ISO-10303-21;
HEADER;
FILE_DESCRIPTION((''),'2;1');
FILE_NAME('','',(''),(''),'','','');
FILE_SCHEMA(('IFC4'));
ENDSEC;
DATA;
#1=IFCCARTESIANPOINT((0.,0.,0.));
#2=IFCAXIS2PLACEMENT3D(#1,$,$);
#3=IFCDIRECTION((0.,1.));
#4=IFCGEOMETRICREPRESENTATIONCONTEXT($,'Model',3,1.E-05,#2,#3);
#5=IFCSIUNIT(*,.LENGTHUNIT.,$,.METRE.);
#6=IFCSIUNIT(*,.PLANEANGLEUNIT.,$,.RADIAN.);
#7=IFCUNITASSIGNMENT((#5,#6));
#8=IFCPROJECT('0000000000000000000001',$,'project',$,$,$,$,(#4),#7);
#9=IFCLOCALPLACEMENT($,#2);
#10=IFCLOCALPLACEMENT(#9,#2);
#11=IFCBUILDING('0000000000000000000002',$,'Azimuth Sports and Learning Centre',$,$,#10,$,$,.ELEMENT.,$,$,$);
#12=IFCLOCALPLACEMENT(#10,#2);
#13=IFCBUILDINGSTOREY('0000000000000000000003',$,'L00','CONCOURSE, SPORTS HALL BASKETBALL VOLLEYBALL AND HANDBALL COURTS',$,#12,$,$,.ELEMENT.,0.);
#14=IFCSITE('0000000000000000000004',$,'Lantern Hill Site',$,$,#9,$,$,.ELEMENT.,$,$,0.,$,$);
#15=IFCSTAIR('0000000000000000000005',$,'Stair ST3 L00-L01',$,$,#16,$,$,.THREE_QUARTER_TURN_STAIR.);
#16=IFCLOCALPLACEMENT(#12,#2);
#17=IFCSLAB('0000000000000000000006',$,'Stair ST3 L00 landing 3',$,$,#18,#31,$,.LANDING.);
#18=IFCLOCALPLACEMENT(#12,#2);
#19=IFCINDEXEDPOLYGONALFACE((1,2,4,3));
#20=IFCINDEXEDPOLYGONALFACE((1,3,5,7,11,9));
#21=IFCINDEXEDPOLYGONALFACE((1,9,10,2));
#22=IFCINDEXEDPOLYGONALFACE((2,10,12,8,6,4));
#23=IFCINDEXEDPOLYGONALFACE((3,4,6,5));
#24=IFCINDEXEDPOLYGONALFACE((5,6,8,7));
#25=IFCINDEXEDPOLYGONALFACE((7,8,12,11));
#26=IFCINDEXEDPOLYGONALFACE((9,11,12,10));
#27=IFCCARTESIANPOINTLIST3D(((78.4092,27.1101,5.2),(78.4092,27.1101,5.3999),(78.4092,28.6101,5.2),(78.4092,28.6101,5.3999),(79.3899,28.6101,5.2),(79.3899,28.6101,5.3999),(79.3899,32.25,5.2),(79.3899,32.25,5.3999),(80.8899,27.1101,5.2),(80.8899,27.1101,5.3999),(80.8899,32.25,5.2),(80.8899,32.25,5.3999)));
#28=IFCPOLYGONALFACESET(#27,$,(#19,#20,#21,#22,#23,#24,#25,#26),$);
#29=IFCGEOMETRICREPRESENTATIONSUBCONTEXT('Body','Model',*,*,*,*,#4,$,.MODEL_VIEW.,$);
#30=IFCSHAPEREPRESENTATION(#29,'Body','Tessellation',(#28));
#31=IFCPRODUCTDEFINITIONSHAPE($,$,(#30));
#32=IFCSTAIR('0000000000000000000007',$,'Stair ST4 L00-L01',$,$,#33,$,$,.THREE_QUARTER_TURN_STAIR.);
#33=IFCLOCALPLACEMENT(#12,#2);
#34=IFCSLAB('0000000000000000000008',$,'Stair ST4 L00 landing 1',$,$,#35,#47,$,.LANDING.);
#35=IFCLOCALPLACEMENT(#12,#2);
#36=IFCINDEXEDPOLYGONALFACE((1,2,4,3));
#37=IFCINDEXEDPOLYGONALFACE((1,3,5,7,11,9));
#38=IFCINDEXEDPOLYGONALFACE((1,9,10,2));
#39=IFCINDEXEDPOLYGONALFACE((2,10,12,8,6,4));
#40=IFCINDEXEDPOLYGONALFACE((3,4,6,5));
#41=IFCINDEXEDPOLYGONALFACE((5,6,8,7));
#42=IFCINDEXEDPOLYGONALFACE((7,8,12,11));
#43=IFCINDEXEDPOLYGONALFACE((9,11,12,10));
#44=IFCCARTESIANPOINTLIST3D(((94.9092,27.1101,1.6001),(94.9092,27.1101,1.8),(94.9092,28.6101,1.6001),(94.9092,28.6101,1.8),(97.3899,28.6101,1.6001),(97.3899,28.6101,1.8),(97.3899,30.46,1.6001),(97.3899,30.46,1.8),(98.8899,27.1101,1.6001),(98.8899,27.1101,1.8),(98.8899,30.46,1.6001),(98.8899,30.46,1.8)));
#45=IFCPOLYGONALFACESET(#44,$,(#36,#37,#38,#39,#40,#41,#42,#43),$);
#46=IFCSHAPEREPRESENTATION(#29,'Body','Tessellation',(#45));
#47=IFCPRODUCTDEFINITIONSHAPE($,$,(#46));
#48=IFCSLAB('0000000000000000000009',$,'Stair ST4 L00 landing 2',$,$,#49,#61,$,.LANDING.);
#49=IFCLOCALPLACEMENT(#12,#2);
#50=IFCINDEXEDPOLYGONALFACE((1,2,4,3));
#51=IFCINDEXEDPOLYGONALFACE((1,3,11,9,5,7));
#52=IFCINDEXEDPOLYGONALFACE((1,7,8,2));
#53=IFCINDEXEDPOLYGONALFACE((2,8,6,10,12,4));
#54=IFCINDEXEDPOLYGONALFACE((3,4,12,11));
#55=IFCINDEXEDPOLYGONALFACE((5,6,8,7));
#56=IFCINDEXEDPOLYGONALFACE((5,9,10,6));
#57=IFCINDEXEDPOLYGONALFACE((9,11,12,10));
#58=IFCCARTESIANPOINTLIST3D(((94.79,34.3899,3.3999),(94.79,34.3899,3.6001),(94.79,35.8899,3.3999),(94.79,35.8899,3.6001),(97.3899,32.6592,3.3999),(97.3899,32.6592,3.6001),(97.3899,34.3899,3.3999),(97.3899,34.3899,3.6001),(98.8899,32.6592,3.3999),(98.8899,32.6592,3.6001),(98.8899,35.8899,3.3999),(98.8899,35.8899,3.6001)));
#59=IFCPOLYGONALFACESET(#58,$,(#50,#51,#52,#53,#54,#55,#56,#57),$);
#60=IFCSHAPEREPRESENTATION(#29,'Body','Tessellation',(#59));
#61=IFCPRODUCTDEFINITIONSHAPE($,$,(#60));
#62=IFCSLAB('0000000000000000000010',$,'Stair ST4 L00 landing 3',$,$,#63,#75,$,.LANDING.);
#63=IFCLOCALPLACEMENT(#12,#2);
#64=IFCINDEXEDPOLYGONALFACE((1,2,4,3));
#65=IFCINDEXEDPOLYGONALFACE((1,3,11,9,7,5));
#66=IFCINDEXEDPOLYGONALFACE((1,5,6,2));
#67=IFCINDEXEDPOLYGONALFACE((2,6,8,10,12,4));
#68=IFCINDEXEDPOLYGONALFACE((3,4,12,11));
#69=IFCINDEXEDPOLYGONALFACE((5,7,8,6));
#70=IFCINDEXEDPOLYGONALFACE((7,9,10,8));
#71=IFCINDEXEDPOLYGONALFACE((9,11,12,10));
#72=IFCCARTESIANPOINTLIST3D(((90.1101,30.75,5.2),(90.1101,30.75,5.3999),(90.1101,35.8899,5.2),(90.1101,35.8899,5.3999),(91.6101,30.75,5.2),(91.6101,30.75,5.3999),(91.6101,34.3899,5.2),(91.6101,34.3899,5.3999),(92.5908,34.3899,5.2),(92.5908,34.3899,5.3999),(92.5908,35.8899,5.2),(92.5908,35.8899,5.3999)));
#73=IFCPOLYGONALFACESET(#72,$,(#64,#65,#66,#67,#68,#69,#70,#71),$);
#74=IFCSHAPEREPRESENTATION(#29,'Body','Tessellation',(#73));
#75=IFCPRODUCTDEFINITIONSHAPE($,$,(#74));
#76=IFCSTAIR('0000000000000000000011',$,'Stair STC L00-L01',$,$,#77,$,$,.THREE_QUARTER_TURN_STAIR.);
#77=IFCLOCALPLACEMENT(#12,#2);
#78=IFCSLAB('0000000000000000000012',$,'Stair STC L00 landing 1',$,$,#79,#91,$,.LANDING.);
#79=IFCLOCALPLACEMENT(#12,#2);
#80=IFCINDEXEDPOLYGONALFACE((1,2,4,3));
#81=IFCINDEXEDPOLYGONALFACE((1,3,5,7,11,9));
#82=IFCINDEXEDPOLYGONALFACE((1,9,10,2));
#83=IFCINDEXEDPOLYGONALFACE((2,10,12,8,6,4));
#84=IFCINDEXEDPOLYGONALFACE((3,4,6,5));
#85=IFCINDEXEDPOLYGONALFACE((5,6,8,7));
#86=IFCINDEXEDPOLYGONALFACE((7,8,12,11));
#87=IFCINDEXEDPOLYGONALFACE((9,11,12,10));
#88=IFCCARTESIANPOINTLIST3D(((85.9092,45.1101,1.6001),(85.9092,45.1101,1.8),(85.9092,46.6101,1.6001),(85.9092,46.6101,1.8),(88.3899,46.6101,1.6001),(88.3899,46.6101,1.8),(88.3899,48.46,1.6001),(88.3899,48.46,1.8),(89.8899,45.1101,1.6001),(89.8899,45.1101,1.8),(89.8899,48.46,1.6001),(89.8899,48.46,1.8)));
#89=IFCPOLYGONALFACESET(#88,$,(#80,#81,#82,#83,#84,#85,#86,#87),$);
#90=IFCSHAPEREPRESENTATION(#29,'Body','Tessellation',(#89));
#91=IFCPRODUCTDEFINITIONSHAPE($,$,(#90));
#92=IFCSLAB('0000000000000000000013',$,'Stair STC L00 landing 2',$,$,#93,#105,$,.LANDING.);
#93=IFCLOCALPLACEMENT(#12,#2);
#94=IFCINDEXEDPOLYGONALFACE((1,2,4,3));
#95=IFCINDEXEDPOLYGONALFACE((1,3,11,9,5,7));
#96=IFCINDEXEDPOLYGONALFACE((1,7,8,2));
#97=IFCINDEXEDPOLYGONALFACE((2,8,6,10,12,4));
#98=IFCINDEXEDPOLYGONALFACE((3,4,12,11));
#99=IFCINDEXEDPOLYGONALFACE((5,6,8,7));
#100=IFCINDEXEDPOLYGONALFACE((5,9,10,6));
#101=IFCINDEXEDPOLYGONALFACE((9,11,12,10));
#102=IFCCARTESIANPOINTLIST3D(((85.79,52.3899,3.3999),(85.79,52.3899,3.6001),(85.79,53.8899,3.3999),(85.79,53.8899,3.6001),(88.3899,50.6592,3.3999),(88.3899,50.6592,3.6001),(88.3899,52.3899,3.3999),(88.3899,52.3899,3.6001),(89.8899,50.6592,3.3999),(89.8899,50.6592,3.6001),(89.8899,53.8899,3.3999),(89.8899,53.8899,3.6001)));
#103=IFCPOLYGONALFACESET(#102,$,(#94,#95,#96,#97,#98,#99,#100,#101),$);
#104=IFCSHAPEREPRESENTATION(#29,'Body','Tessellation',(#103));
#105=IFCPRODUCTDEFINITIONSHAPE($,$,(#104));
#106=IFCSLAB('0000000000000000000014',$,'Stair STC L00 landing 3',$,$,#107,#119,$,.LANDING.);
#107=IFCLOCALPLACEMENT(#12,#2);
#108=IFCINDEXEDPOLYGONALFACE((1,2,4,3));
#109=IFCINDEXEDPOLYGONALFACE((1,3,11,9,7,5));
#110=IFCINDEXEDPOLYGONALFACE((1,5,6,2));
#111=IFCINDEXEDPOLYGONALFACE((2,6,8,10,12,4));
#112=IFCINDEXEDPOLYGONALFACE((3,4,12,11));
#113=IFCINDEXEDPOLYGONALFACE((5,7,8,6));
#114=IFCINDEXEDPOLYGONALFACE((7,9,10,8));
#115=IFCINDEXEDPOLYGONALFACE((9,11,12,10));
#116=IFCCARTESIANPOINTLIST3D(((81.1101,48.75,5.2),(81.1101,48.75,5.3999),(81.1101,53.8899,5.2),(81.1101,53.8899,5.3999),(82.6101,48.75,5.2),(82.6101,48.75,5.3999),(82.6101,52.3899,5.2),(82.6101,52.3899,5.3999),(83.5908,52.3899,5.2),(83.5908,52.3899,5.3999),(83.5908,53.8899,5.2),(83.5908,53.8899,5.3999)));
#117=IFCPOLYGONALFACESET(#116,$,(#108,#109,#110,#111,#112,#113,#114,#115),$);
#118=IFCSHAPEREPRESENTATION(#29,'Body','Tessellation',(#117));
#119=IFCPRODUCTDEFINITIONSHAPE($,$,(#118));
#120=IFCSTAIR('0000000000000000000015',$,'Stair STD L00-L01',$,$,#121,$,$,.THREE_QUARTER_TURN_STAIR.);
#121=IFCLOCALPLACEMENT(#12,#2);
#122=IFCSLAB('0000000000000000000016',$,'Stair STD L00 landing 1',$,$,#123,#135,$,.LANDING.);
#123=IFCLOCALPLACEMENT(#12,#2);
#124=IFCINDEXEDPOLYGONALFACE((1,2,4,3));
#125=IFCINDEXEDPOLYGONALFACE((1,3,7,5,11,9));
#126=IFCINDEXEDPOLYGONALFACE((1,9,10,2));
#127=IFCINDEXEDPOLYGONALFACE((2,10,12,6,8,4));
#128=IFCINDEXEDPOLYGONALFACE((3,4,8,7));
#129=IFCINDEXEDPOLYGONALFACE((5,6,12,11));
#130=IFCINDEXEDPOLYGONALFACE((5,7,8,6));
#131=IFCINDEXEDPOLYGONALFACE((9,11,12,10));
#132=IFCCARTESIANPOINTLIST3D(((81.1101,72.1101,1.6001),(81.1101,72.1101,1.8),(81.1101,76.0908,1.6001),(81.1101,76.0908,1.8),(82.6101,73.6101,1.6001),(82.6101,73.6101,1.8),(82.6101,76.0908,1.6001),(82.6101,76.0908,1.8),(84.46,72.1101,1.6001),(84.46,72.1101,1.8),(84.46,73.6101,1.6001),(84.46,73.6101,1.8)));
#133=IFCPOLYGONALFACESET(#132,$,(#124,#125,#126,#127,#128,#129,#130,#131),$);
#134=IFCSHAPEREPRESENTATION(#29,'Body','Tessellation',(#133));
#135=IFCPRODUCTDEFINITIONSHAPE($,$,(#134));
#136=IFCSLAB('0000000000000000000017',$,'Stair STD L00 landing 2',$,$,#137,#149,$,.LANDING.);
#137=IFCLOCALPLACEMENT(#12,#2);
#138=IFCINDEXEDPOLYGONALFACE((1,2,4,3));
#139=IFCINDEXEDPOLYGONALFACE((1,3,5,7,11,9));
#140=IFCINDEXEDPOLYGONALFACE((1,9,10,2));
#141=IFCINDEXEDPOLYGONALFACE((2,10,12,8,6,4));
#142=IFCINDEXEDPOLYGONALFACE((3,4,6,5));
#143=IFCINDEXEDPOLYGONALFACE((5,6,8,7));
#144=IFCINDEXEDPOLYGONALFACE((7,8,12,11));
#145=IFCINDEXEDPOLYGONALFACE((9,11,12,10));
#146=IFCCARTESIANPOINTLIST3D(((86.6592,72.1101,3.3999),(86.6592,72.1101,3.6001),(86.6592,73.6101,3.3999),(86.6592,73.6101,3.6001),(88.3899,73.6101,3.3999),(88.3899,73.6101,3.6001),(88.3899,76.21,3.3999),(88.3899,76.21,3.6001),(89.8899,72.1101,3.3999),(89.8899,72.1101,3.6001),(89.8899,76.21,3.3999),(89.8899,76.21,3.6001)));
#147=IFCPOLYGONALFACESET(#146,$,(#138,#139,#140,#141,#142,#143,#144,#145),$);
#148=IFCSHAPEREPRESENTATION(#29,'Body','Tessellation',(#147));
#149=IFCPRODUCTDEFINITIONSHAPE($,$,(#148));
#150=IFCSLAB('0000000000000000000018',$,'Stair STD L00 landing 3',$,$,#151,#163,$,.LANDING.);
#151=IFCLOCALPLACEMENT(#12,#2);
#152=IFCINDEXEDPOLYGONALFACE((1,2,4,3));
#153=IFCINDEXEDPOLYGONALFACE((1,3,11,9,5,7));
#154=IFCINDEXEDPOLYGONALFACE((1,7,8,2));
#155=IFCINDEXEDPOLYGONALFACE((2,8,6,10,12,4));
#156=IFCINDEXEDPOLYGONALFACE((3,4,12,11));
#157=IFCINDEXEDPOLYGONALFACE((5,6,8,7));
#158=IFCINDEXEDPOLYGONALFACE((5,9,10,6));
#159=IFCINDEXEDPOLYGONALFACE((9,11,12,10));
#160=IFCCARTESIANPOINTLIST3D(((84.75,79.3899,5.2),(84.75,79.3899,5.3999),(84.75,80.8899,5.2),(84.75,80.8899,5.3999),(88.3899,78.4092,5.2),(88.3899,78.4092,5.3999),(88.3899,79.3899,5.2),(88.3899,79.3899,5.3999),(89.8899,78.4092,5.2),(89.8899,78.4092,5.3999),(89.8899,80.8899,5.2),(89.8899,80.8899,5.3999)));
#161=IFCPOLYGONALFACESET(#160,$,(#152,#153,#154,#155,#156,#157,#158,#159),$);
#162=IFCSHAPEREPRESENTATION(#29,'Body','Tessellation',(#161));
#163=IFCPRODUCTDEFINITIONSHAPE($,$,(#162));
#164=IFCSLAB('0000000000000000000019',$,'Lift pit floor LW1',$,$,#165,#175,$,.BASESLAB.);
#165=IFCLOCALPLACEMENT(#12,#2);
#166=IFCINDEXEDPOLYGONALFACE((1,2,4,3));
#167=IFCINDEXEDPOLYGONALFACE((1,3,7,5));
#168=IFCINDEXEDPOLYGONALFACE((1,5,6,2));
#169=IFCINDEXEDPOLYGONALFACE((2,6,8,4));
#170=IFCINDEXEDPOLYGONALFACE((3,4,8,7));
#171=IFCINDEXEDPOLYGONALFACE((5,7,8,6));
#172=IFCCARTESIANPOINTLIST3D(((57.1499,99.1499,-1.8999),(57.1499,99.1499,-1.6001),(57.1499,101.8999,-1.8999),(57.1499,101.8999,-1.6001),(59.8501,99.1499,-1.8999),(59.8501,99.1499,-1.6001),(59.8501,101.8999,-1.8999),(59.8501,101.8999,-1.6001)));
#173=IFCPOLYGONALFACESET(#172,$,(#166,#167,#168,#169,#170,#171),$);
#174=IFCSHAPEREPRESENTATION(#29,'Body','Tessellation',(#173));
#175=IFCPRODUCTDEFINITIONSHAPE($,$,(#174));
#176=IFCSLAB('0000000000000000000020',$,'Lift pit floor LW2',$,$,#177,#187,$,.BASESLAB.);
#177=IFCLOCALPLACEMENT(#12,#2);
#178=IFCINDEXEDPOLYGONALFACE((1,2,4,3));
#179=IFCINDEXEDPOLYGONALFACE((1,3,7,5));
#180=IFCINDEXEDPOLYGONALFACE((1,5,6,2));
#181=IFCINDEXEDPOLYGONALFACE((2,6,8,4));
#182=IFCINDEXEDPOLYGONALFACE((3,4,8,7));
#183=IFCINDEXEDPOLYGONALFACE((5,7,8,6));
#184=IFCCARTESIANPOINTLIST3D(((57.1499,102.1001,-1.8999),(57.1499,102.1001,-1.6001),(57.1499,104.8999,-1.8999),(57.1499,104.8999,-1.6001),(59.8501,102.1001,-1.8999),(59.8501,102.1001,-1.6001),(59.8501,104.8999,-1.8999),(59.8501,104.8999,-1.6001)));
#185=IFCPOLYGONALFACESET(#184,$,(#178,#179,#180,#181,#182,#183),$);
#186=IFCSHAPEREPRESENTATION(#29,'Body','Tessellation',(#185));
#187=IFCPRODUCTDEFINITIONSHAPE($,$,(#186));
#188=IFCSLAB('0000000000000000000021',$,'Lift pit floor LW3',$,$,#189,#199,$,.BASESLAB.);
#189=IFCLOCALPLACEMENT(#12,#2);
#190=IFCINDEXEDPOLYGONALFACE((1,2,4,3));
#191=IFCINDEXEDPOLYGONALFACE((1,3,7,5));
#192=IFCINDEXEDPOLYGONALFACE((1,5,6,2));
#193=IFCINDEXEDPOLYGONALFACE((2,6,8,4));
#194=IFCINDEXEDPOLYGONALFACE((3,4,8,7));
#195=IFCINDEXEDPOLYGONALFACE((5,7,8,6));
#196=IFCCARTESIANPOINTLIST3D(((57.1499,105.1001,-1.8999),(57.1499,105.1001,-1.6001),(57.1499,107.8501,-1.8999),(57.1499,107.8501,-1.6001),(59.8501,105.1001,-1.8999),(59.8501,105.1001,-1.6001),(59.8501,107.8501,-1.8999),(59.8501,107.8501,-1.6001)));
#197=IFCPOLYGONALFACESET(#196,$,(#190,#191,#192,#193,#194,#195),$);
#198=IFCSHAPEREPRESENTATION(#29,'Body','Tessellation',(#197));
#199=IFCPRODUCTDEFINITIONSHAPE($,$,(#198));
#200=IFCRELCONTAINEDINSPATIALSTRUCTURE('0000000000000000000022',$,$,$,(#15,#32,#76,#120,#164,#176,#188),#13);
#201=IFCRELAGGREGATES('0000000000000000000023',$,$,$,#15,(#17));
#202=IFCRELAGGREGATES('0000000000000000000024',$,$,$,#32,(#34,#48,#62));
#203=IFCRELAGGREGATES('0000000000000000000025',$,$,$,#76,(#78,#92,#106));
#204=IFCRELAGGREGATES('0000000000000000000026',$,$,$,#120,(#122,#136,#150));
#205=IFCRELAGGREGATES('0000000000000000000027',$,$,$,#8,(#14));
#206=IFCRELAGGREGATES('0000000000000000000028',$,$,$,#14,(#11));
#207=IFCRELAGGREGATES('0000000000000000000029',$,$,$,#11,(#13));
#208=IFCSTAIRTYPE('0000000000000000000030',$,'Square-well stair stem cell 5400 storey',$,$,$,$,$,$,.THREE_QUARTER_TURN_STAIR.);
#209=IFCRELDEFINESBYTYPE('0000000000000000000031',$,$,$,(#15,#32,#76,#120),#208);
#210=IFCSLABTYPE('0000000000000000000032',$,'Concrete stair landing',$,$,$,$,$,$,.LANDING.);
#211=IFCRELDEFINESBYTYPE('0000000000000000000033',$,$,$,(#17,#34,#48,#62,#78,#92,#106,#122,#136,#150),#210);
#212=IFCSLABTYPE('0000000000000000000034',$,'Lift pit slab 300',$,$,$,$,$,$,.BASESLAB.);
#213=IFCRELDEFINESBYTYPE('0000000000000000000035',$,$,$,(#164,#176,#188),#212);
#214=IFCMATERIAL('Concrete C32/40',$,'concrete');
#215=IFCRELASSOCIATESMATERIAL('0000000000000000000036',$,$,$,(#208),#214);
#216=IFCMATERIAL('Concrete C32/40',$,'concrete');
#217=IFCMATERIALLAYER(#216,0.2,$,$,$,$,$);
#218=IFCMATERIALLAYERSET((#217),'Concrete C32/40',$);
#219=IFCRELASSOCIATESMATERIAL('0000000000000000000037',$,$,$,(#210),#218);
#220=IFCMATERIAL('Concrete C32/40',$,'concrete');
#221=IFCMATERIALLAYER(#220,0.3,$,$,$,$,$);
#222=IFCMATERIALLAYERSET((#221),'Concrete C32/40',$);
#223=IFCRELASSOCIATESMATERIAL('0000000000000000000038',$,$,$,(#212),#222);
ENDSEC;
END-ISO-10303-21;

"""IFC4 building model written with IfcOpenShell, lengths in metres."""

from ifc_helpers import new_model, si_unit, direction, frame, origin, place, context, subcontext, project, spatial, polyline, outline, extrude, material, layer, layer_set, type_object, element, aggregate, save


model = new_model("IFC4")

# Units and contexts
model_context = context("Model", 3, precision=1e-05, world=origin(), true_north=direction((0.0, 1.0)))
body_context = subcontext(model_context, "Body", "Model", "MODEL_VIEW")
ifc_project = project(units=[si_unit("LENGTHUNIT", "METRE"), si_unit("PLANEANGLEUNIT", "RADIAN")], contexts=[model_context])

# Site, building, storey
site_placement = place(None, origin())
site = spatial("IfcSite", under=ifc_project, at=site_placement, Name="Lantern Hill Site", CompositionType="ELEMENT", RefElevation=0.0)
building_placement = place(site_placement, origin())
building = spatial("IfcBuilding", under=site, at=building_placement, Name="Azimuth Sports and Learning Centre", CompositionType="ELEMENT")
storey_placement = place(building_placement, origin())
storey = spatial("IfcBuildingStorey", under=building, at=storey_placement, Name="L00", Description="CONCOURSE, SPORTS HALL BASKETBALL VOLLEYBALL AND HANDBALL COURTS", CompositionType="ELEMENT", Elevation=0.0)

# Stair, slab
ifc_material_1 = material(Name="Concrete C32/40", Category="concrete")
stair_type = type_object("IfcStairType", Name="Square-well stair stem cell 5400 storey", PredefinedType="THREE_QUARTER_TURN_STAIR", material=ifc_material_1)
stair_1_placement = place(storey_placement, origin())
stair_1 = element("IfcStair", 1, at=stair_1_placement, inside=storey, type_object=stair_type, Name="Stair ST3 L00-L01", PredefinedType="THREE_QUARTER_TURN_STAIR")
ifc_material_2 = material(Name="Concrete C32/40", Category="concrete")
ifc_layer_1 = layer(ifc_material_2, 0.2)
ifc_layer_set_1 = layer_set([ifc_layer_1], Name="Concrete C32/40")
slab_type_1 = type_object("IfcSlabType", Name="Concrete stair landing", PredefinedType="LANDING", material=ifc_layer_set_1)
slab_1_placement = place(storey_placement, frame((0.0, 0.0, 5.2)))
slab_1 = element("IfcSlab", 2, at=slab_1_placement, type_object=slab_type_1, Name="Stair ST3 L00 landing 3", PredefinedType="LANDING", context=body_context, shape_type="SweptSolid", body=[
    extrude(outline(polyline([(79.3899, 28.6101), (78.4092, 28.6101), (78.4092, 27.1101), (80.8899, 27.1101), (80.8899, 32.25), (79.3899, 32.25), (79.3899, 28.6101)])), origin(), (0.0, 0.0, 1.0), 0.2),
])
aggregate(stair_1, [slab_1])

# Stairs, slabs
stair_2_placement = place(storey_placement, origin())
stair_2 = element("IfcStair", 3, at=stair_2_placement, inside=storey, type_object=stair_type, Name="Stair ST4 L00-L01", PredefinedType="THREE_QUARTER_TURN_STAIR")
slab_2_placement = place(storey_placement, frame((0.0, 0.0, 1.6001)))
slab_2 = element("IfcSlab", 4, at=slab_2_placement, type_object=slab_type_1, Name="Stair ST4 L00 landing 1", PredefinedType="LANDING", context=body_context, shape_type="SweptSolid", body=[
    extrude(outline(polyline([(97.3899, 28.6101), (94.9092, 28.6101), (94.9092, 27.1101), (98.8899, 27.1101), (98.8899, 30.46), (97.3899, 30.46), (97.3899, 28.6101)])), origin(), (0.0, 0.0, 1.0), 0.2),
])
slab_3_placement = place(storey_placement, frame((0.0, 0.0, 3.3999)))
slab_3 = element("IfcSlab", 5, at=slab_3_placement, type_object=slab_type_1, Name="Stair ST4 L00 landing 2", PredefinedType="LANDING", context=body_context, shape_type="SweptSolid", body=[
    extrude(outline(polyline([(97.3899, 34.3899), (97.3899, 32.6592), (98.8899, 32.6592), (98.8899, 35.8899), (94.79, 35.8899), (94.79, 34.3899), (97.3899, 34.3899)])), origin(), (0.0, 0.0, 1.0), 0.2002),
])
slab_4_placement = place(storey_placement, frame((0.0, 0.0, 5.2)))
slab_4 = element("IfcSlab", 6, at=slab_4_placement, type_object=slab_type_1, Name="Stair ST4 L00 landing 3", PredefinedType="LANDING", context=body_context, shape_type="SweptSolid", body=[
    extrude(outline(polyline([(91.6101, 34.3899), (92.5908, 34.3899), (92.5908, 35.8899), (90.1101, 35.8899), (90.1101, 30.75), (91.6101, 30.75), (91.6101, 34.3899)])), origin(), (0.0, 0.0, 1.0), 0.2),
])
aggregate(stair_2, [slab_2, slab_3, slab_4])
stair_3_placement = place(storey_placement, origin())
stair_3 = element("IfcStair", 7, at=stair_3_placement, inside=storey, type_object=stair_type, Name="Stair STC L00-L01", PredefinedType="THREE_QUARTER_TURN_STAIR")
slab_5_placement = place(storey_placement, frame((0.0, 0.0, 1.6001)))
slab_5 = element("IfcSlab", 8, at=slab_5_placement, type_object=slab_type_1, Name="Stair STC L00 landing 1", PredefinedType="LANDING", context=body_context, shape_type="SweptSolid", body=[
    extrude(outline(polyline([(88.3899, 46.6101), (85.9092, 46.6101), (85.9092, 45.1101), (89.8899, 45.1101), (89.8899, 48.46), (88.3899, 48.46), (88.3899, 46.6101)])), origin(), (0.0, 0.0, 1.0), 0.2),
])
slab_6_placement = place(storey_placement, frame((0.0, 0.0, 3.3999)))
slab_6 = element("IfcSlab", 9, at=slab_6_placement, type_object=slab_type_1, Name="Stair STC L00 landing 2", PredefinedType="LANDING", context=body_context, shape_type="SweptSolid", body=[
    extrude(outline(polyline([(88.3899, 52.3899), (88.3899, 50.6592), (89.8899, 50.6592), (89.8899, 53.8899), (85.79, 53.8899), (85.79, 52.3899), (88.3899, 52.3899)])), origin(), (0.0, 0.0, 1.0), 0.2002),
])
slab_7_placement = place(storey_placement, frame((0.0, 0.0, 5.2)))
slab_7 = element("IfcSlab", 10, at=slab_7_placement, type_object=slab_type_1, Name="Stair STC L00 landing 3", PredefinedType="LANDING", context=body_context, shape_type="SweptSolid", body=[
    extrude(outline(polyline([(82.6101, 52.3899), (83.5908, 52.3899), (83.5908, 53.8899), (81.1101, 53.8899), (81.1101, 48.75), (82.6101, 48.75), (82.6101, 52.3899)])), origin(), (0.0, 0.0, 1.0), 0.2),
])
aggregate(stair_3, [slab_5, slab_6, slab_7])
stair_4_placement = place(storey_placement, origin())
stair_4 = element("IfcStair", 11, at=stair_4_placement, inside=storey, type_object=stair_type, Name="Stair STD L00-L01", PredefinedType="THREE_QUARTER_TURN_STAIR")
slab_8_placement = place(storey_placement, frame((0.0, 0.0, 1.6001)))
slab_8 = element("IfcSlab", 12, at=slab_8_placement, type_object=slab_type_1, Name="Stair STD L00 landing 1", PredefinedType="LANDING", context=body_context, shape_type="SweptSolid", body=[
    extrude(outline(polyline([(82.6101, 73.6101), (82.6101, 76.0908), (81.1101, 76.0908), (81.1101, 72.1101), (84.46, 72.1101), (84.46, 73.6101), (82.6101, 73.6101)])), origin(), (0.0, 0.0, 1.0), 0.2),
])
slab_9_placement = place(storey_placement, frame((0.0, 0.0, 3.3999)))
slab_9 = element("IfcSlab", 13, at=slab_9_placement, type_object=slab_type_1, Name="Stair STD L00 landing 2", PredefinedType="LANDING", context=body_context, shape_type="SweptSolid", body=[
    extrude(outline(polyline([(88.3899, 73.6101), (86.6592, 73.6101), (86.6592, 72.1101), (89.8899, 72.1101), (89.8899, 76.21), (88.3899, 76.21), (88.3899, 73.6101)])), origin(), (0.0, 0.0, 1.0), 0.2002),
])
slab_10_placement = place(storey_placement, frame((0.0, 0.0, 5.2)))
slab_10 = element("IfcSlab", 14, at=slab_10_placement, type_object=slab_type_1, Name="Stair STD L00 landing 3", PredefinedType="LANDING", context=body_context, shape_type="SweptSolid", body=[
    extrude(outline(polyline([(88.3899, 79.3899), (88.3899, 78.4092), (89.8899, 78.4092), (89.8899, 80.8899), (84.75, 80.8899), (84.75, 79.3899), (88.3899, 79.3899)])), origin(), (0.0, 0.0, 1.0), 0.2),
])
aggregate(stair_4, [slab_8, slab_9, slab_10])

# Slabs
ifc_material_3 = material(Name="Concrete C32/40", Category="concrete")
ifc_layer_2 = layer(ifc_material_3, 0.3)
ifc_layer_set_2 = layer_set([ifc_layer_2], Name="Concrete C32/40")
slab_type_2 = type_object("IfcSlabType", Name="Lift pit slab 300", PredefinedType="BASESLAB", material=ifc_layer_set_2)
slab_11_placement = place(storey_placement, frame((0.0, 0.0, -1.8999)))
element("IfcSlab", 15, at=slab_11_placement, inside=storey, type_object=slab_type_2, Name="Lift pit floor LW1", PredefinedType="BASESLAB", context=body_context, shape_type="SweptSolid", body=[
    extrude(outline(polyline([(57.1499, 99.1499), (59.8501, 99.1499), (59.8501, 101.8999), (57.1499, 101.8999), (57.1499, 99.1499)])), origin(), (0.0, 0.0, 1.0), 0.2998),
])
slab_12_placement = place(storey_placement, frame((0.0, 0.0, -1.8999)))
element("IfcSlab", 16, at=slab_12_placement, inside=storey, type_object=slab_type_2, Name="Lift pit floor LW2", PredefinedType="BASESLAB", context=body_context, shape_type="SweptSolid", body=[
    extrude(outline(polyline([(57.1499, 102.1001), (59.8501, 102.1001), (59.8501, 104.8999), (57.1499, 104.8999), (57.1499, 102.1001)])), origin(), (0.0, 0.0, 1.0), 0.2998),
])
slab_13_placement = place(storey_placement, frame((0.0, 0.0, -1.8999)))
element("IfcSlab", 17, at=slab_13_placement, inside=storey, type_object=slab_type_2, Name="Lift pit floor LW3", PredefinedType="BASESLAB", context=body_context, shape_type="SweptSolid", body=[
    extrude(outline(polyline([(57.1499, 105.1001), (59.8501, 105.1001), (59.8501, 107.8501), (57.1499, 107.8501), (57.1499, 105.1001)])), origin(), (0.0, 0.0, 1.0), 0.2998),
])

save(model, "model.ifc")
